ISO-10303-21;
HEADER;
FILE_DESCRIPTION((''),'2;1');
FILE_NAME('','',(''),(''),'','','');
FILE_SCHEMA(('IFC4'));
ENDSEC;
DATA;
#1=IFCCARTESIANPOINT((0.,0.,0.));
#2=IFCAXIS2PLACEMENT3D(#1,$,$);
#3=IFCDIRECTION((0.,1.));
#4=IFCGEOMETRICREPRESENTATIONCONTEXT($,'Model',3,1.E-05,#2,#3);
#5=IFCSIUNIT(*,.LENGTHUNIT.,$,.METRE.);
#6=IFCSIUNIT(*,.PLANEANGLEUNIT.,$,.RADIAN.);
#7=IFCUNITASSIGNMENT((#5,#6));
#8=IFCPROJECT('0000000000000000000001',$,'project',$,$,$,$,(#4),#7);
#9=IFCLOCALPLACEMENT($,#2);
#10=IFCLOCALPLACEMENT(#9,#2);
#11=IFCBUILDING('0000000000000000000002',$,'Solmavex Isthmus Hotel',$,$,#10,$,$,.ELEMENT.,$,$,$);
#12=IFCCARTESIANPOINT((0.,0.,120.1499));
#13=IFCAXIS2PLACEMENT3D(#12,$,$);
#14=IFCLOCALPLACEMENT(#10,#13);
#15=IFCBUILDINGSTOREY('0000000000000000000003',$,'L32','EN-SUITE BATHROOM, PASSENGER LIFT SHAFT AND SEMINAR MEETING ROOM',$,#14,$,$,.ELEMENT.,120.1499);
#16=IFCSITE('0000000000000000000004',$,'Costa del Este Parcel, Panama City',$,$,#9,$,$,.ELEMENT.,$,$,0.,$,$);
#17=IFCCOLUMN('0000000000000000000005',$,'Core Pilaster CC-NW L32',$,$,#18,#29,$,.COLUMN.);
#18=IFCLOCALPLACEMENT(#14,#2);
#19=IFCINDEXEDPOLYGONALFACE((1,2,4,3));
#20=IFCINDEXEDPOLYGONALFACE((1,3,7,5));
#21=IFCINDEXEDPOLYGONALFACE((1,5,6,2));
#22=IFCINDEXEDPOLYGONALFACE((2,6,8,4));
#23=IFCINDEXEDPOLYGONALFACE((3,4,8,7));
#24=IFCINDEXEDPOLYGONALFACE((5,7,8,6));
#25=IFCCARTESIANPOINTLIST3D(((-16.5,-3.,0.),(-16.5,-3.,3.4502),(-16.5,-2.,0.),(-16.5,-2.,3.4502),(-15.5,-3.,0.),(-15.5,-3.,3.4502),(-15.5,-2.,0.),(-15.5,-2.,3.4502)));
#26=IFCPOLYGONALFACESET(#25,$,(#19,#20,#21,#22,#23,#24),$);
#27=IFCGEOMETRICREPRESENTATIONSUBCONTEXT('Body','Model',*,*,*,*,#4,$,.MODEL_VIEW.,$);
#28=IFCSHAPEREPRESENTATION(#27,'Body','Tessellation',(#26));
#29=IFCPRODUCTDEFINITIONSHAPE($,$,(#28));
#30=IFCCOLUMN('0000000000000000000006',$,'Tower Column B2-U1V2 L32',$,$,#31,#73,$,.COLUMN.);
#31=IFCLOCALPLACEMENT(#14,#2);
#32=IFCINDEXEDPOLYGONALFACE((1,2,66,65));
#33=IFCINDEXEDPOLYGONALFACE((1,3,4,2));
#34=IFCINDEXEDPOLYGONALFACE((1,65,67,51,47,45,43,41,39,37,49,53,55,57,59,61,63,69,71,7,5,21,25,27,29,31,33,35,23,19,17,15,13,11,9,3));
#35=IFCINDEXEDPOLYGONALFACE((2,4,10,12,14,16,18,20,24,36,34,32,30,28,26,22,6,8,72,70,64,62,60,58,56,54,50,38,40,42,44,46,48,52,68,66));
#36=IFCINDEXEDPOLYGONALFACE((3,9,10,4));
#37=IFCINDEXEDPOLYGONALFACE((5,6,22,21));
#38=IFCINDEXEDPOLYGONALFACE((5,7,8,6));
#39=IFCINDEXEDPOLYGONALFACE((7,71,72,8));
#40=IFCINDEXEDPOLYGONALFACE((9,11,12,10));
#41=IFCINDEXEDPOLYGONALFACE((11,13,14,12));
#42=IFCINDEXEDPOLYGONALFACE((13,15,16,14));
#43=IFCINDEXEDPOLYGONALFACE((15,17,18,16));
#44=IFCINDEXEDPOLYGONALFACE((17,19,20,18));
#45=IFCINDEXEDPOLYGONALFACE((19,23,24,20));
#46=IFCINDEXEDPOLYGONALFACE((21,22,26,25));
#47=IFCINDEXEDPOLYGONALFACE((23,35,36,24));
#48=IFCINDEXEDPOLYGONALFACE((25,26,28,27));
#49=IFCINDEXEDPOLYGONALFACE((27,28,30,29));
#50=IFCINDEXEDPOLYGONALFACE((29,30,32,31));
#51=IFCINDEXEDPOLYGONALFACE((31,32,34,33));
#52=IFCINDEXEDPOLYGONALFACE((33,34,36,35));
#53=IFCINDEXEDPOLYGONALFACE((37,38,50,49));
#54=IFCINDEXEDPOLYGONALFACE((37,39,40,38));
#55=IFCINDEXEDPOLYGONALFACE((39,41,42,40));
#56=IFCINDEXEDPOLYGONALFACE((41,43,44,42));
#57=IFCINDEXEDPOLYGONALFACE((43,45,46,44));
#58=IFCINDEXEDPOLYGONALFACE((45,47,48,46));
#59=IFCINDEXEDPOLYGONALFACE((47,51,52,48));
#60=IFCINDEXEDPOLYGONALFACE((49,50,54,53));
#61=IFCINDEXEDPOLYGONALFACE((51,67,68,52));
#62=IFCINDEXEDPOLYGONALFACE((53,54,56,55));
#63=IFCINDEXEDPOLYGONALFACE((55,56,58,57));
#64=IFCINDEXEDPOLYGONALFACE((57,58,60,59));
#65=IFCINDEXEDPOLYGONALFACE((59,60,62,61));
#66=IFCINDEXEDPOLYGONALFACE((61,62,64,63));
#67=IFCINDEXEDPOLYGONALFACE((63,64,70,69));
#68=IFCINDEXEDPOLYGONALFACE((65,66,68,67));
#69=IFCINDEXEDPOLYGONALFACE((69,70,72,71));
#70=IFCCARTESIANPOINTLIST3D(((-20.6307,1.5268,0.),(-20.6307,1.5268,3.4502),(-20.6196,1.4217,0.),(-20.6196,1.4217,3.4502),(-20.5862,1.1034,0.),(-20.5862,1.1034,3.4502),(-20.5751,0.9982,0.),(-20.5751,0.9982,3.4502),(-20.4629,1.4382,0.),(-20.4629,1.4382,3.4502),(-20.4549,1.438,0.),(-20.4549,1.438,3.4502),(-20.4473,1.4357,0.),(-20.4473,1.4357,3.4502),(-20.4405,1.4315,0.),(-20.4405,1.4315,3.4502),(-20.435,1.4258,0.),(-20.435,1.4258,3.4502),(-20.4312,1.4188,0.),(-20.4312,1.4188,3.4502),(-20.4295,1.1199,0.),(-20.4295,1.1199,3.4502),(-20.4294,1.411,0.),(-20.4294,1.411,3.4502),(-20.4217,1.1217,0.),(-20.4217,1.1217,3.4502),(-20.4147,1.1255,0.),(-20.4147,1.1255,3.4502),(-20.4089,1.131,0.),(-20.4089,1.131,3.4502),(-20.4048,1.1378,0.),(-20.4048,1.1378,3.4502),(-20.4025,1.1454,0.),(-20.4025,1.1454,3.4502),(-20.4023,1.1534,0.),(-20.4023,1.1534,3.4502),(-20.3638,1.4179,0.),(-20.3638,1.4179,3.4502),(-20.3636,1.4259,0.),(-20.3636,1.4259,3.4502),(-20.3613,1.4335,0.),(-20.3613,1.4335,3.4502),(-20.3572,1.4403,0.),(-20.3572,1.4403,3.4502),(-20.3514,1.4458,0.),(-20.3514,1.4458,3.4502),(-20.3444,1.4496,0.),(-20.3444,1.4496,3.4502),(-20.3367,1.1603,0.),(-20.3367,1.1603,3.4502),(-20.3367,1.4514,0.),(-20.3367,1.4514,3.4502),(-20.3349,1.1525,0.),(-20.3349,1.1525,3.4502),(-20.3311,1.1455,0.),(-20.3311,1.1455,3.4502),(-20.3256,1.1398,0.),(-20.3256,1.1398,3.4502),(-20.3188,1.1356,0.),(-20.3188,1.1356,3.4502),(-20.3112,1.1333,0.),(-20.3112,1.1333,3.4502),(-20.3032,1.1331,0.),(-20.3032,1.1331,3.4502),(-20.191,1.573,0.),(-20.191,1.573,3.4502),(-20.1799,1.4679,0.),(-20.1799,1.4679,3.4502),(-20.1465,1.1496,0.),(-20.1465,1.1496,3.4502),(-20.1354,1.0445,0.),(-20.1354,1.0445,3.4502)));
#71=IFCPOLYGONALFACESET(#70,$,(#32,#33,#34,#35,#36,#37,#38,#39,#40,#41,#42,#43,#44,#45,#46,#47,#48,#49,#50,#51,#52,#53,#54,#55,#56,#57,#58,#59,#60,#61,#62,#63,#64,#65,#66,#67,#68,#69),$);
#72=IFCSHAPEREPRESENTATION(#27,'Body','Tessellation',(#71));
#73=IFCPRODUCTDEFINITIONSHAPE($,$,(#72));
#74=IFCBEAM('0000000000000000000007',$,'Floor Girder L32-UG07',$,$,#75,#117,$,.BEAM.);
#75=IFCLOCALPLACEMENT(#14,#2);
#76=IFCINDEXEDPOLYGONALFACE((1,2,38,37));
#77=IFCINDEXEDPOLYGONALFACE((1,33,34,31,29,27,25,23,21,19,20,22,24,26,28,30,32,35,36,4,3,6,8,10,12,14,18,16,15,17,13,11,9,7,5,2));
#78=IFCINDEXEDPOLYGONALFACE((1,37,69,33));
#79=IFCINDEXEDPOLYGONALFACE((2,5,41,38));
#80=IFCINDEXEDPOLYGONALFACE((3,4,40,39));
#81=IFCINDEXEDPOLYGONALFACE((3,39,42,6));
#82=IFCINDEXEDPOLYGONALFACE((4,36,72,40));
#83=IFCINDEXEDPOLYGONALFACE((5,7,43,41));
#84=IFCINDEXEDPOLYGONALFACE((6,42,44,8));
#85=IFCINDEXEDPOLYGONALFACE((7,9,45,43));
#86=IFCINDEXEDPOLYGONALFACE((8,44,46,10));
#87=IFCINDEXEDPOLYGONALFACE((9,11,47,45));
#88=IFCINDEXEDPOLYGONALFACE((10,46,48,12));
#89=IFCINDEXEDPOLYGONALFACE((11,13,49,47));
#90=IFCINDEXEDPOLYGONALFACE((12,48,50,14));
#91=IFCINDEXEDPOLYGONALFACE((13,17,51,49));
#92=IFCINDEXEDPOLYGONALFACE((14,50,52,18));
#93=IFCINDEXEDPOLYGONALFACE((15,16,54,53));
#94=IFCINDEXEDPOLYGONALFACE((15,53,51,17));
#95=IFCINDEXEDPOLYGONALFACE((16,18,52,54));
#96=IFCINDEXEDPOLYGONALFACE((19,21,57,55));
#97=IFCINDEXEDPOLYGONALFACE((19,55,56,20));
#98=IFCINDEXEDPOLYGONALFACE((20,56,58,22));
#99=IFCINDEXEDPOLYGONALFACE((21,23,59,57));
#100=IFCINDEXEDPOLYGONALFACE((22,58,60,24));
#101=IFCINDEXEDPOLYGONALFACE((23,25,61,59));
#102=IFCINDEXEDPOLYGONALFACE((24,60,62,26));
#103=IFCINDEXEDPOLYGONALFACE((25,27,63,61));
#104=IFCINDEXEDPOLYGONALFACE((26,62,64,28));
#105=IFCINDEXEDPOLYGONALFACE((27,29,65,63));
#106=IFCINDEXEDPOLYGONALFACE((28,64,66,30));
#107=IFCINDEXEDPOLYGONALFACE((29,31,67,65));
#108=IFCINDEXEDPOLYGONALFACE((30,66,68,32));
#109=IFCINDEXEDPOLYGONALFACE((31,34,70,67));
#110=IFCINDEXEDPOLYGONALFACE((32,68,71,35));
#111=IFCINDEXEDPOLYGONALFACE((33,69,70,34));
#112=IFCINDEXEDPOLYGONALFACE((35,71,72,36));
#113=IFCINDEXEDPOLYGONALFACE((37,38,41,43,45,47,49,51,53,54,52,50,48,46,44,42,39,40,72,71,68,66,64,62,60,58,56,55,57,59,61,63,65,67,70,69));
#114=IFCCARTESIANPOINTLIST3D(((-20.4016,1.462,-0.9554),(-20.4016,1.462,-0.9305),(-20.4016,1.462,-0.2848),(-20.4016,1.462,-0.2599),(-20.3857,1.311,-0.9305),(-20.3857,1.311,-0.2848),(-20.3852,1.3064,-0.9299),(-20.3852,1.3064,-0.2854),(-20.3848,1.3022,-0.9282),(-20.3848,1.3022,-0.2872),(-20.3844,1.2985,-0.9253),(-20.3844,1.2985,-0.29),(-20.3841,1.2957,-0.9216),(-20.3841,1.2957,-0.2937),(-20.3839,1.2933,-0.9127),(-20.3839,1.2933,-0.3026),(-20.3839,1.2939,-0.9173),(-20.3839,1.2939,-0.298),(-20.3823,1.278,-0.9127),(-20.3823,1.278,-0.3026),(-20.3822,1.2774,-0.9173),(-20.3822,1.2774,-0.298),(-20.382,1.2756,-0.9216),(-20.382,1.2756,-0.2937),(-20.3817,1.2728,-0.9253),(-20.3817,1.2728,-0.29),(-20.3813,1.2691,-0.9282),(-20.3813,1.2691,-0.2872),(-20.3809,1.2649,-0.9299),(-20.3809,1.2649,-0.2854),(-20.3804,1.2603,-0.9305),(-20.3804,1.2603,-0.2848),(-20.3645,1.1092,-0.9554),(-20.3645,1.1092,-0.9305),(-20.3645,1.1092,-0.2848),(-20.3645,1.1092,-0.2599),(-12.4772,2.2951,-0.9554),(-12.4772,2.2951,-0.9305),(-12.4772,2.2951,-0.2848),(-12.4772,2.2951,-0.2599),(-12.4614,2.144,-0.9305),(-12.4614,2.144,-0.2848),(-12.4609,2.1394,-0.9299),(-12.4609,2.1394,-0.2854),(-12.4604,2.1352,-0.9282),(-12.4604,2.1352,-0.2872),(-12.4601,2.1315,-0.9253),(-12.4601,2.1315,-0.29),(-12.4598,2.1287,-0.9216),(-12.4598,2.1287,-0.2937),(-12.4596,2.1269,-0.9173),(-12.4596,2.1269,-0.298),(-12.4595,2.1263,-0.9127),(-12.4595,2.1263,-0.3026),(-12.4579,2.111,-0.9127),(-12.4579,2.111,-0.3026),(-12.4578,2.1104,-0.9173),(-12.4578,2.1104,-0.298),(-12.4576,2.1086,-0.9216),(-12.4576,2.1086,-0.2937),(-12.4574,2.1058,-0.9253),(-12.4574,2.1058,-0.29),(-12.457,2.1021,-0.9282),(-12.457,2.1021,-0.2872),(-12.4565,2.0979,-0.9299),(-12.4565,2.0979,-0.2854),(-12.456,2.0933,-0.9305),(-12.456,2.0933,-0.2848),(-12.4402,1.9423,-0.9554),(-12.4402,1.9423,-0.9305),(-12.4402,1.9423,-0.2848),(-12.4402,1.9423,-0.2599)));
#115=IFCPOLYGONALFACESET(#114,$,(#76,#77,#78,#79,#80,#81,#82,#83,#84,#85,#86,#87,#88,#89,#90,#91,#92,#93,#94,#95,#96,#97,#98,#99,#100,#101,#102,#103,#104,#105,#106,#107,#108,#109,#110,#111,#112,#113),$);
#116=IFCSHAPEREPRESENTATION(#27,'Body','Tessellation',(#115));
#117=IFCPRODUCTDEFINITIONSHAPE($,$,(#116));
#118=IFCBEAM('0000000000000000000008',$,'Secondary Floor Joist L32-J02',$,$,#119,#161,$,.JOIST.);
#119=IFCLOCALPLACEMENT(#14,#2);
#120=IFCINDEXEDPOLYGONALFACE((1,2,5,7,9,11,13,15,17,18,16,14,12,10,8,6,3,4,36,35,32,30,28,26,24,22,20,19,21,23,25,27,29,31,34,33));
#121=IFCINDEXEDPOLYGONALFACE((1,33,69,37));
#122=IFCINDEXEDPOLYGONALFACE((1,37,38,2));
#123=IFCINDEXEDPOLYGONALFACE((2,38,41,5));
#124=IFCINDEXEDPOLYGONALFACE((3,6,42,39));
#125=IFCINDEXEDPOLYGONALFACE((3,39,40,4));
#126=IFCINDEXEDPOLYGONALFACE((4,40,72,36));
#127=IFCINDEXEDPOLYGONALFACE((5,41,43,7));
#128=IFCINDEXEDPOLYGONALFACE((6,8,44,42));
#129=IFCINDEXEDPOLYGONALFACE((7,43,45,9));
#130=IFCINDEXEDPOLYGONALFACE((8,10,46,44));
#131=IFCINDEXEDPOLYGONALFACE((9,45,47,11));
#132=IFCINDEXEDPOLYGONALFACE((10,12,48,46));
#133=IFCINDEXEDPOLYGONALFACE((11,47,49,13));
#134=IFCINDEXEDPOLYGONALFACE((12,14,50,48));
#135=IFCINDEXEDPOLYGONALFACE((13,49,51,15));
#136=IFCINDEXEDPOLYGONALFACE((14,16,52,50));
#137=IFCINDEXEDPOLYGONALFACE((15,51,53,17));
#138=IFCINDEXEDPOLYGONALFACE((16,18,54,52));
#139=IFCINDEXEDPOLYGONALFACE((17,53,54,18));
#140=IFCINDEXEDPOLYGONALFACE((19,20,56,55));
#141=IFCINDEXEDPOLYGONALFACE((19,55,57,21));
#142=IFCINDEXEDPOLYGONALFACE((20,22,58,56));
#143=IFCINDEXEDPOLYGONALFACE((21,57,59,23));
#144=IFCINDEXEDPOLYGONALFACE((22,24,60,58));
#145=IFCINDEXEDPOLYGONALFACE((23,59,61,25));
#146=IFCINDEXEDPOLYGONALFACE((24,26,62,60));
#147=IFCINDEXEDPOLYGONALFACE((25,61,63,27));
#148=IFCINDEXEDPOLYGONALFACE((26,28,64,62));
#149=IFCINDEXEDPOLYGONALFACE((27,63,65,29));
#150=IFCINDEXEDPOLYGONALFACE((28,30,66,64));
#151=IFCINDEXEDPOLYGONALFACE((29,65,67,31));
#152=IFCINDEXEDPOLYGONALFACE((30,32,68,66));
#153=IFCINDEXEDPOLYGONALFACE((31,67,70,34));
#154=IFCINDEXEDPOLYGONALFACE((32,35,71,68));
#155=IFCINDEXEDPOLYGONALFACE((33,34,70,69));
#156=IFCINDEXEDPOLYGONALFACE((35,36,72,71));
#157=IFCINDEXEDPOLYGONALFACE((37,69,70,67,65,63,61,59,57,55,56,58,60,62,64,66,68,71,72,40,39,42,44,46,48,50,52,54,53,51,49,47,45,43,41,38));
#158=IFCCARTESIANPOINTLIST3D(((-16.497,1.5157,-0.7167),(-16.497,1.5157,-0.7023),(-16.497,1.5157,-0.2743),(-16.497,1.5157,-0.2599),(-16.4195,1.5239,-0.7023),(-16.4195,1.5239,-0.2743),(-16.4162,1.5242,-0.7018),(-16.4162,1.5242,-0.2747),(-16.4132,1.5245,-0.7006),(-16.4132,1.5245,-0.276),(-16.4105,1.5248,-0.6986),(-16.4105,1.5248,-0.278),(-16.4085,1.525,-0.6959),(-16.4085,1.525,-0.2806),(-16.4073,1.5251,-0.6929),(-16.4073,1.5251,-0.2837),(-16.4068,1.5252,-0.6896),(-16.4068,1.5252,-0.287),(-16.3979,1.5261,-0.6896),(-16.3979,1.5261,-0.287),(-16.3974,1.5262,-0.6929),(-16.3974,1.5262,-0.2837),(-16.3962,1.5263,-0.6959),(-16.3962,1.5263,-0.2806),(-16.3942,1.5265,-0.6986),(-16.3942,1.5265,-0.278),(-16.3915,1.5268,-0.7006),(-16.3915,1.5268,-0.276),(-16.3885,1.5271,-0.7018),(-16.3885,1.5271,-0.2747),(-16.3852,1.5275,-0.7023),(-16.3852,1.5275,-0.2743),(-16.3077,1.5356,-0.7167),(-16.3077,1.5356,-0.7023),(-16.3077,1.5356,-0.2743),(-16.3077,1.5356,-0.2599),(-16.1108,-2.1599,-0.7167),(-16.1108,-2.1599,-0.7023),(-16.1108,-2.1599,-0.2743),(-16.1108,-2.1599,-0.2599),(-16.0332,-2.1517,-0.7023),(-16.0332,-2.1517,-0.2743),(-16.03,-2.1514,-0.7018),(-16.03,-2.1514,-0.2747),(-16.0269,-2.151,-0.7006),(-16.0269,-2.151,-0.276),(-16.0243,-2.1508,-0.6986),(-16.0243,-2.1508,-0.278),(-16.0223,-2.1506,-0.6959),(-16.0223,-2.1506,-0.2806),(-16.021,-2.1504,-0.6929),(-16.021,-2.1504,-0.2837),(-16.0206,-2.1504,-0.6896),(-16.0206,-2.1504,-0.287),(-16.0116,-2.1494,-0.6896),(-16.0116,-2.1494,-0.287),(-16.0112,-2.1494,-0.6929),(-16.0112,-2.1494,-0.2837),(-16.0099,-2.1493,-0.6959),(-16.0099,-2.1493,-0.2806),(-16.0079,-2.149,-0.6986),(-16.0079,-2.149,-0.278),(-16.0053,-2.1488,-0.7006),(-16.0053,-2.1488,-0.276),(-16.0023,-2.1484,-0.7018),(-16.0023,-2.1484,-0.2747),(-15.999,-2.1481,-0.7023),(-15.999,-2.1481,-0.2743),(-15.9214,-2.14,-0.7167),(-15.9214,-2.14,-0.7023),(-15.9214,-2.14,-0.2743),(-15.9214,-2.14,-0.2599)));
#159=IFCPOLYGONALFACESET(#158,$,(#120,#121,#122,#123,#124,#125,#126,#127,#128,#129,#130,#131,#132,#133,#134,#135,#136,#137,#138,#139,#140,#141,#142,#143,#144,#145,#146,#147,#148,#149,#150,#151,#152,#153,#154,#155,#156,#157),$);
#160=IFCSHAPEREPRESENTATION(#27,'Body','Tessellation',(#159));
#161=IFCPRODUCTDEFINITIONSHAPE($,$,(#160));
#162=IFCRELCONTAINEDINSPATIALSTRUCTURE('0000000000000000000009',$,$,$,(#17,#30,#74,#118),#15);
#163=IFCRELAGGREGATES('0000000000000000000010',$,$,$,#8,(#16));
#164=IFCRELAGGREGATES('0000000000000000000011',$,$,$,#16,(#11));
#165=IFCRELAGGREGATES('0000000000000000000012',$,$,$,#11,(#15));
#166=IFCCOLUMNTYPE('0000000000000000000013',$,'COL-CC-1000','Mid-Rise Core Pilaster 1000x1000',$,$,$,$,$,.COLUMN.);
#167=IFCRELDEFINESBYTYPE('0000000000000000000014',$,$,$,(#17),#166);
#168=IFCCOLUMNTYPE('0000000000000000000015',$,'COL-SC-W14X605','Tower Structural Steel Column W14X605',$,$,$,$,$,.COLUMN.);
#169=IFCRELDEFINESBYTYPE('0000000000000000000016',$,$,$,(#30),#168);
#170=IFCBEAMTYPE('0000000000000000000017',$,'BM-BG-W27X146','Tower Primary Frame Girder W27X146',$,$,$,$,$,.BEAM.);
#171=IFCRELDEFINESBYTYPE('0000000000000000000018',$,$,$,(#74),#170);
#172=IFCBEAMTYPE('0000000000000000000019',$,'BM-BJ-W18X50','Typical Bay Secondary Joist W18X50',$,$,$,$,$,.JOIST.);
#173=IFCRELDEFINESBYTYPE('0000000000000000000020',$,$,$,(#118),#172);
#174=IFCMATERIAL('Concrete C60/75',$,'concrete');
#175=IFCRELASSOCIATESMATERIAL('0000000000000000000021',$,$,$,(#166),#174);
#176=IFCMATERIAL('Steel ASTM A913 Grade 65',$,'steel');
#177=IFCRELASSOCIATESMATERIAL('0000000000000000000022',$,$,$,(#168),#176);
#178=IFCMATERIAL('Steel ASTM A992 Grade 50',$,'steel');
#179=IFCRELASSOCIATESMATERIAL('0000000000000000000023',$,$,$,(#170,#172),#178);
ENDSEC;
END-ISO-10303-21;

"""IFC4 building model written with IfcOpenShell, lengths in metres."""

from ifc_helpers import new_model, si_unit, direction, frame, origin, origin_2d, place, context, subcontext, project, spatial, rectangle, i_section, extrude, material, material_profile, profile_set, type_object, element, save


model = new_model("IFC4")

# Units and contexts
model_context = context("Model", 3, precision=1e-05, world=origin(), true_north=direction((0.0, 1.0)))
body_context = subcontext(model_context, "Body", "Model", "MODEL_VIEW")
ifc_project = project(units=[si_unit("LENGTHUNIT", "METRE"), si_unit("PLANEANGLEUNIT", "RADIAN")], contexts=[model_context])

# Site, building, storey
site_placement = place(None, origin())
site = spatial("IfcSite", under=ifc_project, at=site_placement, Name="Costa del Este Parcel, Panama City", CompositionType="ELEMENT", RefElevation=0.0)
building_placement = place(site_placement, origin())
building = spatial("IfcBuilding", under=site, at=building_placement, Name="Solmavex Isthmus Hotel", CompositionType="ELEMENT")
storey_placement = place(building_placement, frame((0.0, 0.0, 120.1499)))
storey = spatial("IfcBuildingStorey", under=building, at=storey_placement, Name="L32", Description="EN-SUITE BATHROOM, PASSENGER LIFT SHAFT AND SEMINAR MEETING ROOM", CompositionType="ELEMENT", Elevation=120.1499)

# Columns
ifc_material_1 = material(Name="Concrete C60/75", Category="concrete")
ifc_material_profile_1 = material_profile(ifc_material_1, rectangle(XDim=1.0, YDim=1.0, at=origin_2d()), Name="RC1000X1000")
ifc_profile_set_1 = profile_set([ifc_material_profile_1], Name="Concrete C60/75")
column_type_1 = type_object("IfcColumnType", Name="COL-CC-1000", Description="Mid-Rise Core Pilaster 1000x1000", PredefinedType="COLUMN", material=ifc_profile_set_1)
column_1_placement = place(storey_placement, frame((-16.0, -2.5, 0.0), z_axis=(0.0, 0.0, 1.0), x_axis=(1.0, 0.0, 0.0)))
element("IfcColumn", 1, at=column_1_placement, inside=storey, type_object=column_type_1, Name="Core Pilaster CC-NW L32", PredefinedType="COLUMN", context=body_context, shape_type="SweptSolid", body=[
    extrude(rectangle(XDim=1.0, YDim=1.0, at=origin_2d()), origin(), (0.0, 0.0, 1.0), 3.4502),
])
ifc_material_2 = material(Name="Steel ASTM A913 Grade 65", Category="steel")
ifc_material_profile_2 = material_profile(ifc_material_2, i_section(OverallWidth=0.4421, OverallDepth=0.5315, WebThickness=0.0659, FlangeThickness=0.1057, FilletRadius=0.0305, at=origin_2d()), Name="W14X605")
ifc_profile_set_2 = profile_set([ifc_material_profile_2], Name="Steel ASTM A913 Grade 65")
column_type_2 = type_object("IfcColumnType", Name="COL-SC-W14X605", Description="Tower Structural Steel Column W14X605", PredefinedType="COLUMN", material=ifc_profile_set_2)
column_2_placement = place(storey_placement, frame((-20.3831, 1.2856, 0.0), z_axis=(0.0, 0.0, 1.0), x_axis=(0.994522, 0.104528, 0.0)))
element("IfcColumn", 2, at=column_2_placement, inside=storey, type_object=column_type_2, Name="Tower Column B2-U1V2 L32", PredefinedType="COLUMN", context=body_context, shape_type="SweptSolid", body=[
    extrude(i_section(OverallWidth=0.4421, OverallDepth=0.5315, WebThickness=0.0659, FlangeThickness=0.1057, FilletRadius=0.0305, at=origin_2d()), origin(), (0.0, 0.0, 1.0), 3.4502),
])

# Beams
ifc_material_3 = material(Name="Steel ASTM A992 Grade 50", Category="steel")
ifc_material_profile_3 = material_profile(ifc_material_3, i_section(OverallWidth=0.3547, OverallDepth=0.6956, WebThickness=0.0154, FlangeThickness=0.0249, FilletRadius=0.0178, at=origin_2d()), Name="W27X146")
ifc_profile_set_3 = profile_set([ifc_material_profile_3], Name="Steel ASTM A992 Grade 50")
beam_type_1 = type_object("IfcBeamType", Name="BM-BG-W27X146", Description="Tower Primary Frame Girder W27X146", PredefinedType="BEAM", material=ifc_profile_set_3)
beam_1_placement = place(storey_placement, frame((-20.3831, 1.2856, -0.6077), z_axis=(0.99452, 0.104544, 0.0), x_axis=(-0.104544, 0.99452, 0.0)))
element("IfcBeam", 3, at=beam_1_placement, inside=storey, type_object=beam_type_1, Name="Floor Girder L32-UG07", PredefinedType="BEAM", context=body_context, shape_type="SweptSolid", body=[
    extrude(i_section(OverallWidth=0.3547, OverallDepth=0.6956, WebThickness=0.0154, FlangeThickness=0.0249, FilletRadius=0.0178, at=origin_2d()), origin(), (0.0, 0.0, 1.0), 7.968),
])
ifc_material_profile_4 = material_profile(ifc_material_3, i_section(OverallWidth=0.1904, OverallDepth=0.4568, WebThickness=0.009, FlangeThickness=0.0144, FilletRadius=0.0127, at=origin_2d()), Name="W18X50")
ifc_profile_set_4 = profile_set([ifc_material_profile_4], Name="Steel ASTM A992 Grade 50")
beam_type_2 = type_object("IfcBeamType", Name="BM-BJ-W18X50", Description="Typical Bay Secondary Joist W18X50", PredefinedType="JOIST", material=ifc_profile_set_4)
beam_2_placement = place(storey_placement, frame((-16.0161, -2.1499, -0.4883), z_axis=(-0.104506, 0.994524, 0.0), x_axis=(-0.994524, -0.104506, 0.0)))
element("IfcBeam", 4, at=beam_2_placement, inside=storey, type_object=beam_type_2, Name="Secondary Floor Joist L32-J02", PredefinedType="JOIST", context=body_context, shape_type="SweptSolid", body=[
    extrude(i_section(OverallWidth=0.1904, OverallDepth=0.4568, WebThickness=0.009, FlangeThickness=0.0144, FilletRadius=0.0127, at=origin_2d()), origin(), (0.0, 0.0, 1.0), 3.6958),
])

save(model, "model.ifc")
